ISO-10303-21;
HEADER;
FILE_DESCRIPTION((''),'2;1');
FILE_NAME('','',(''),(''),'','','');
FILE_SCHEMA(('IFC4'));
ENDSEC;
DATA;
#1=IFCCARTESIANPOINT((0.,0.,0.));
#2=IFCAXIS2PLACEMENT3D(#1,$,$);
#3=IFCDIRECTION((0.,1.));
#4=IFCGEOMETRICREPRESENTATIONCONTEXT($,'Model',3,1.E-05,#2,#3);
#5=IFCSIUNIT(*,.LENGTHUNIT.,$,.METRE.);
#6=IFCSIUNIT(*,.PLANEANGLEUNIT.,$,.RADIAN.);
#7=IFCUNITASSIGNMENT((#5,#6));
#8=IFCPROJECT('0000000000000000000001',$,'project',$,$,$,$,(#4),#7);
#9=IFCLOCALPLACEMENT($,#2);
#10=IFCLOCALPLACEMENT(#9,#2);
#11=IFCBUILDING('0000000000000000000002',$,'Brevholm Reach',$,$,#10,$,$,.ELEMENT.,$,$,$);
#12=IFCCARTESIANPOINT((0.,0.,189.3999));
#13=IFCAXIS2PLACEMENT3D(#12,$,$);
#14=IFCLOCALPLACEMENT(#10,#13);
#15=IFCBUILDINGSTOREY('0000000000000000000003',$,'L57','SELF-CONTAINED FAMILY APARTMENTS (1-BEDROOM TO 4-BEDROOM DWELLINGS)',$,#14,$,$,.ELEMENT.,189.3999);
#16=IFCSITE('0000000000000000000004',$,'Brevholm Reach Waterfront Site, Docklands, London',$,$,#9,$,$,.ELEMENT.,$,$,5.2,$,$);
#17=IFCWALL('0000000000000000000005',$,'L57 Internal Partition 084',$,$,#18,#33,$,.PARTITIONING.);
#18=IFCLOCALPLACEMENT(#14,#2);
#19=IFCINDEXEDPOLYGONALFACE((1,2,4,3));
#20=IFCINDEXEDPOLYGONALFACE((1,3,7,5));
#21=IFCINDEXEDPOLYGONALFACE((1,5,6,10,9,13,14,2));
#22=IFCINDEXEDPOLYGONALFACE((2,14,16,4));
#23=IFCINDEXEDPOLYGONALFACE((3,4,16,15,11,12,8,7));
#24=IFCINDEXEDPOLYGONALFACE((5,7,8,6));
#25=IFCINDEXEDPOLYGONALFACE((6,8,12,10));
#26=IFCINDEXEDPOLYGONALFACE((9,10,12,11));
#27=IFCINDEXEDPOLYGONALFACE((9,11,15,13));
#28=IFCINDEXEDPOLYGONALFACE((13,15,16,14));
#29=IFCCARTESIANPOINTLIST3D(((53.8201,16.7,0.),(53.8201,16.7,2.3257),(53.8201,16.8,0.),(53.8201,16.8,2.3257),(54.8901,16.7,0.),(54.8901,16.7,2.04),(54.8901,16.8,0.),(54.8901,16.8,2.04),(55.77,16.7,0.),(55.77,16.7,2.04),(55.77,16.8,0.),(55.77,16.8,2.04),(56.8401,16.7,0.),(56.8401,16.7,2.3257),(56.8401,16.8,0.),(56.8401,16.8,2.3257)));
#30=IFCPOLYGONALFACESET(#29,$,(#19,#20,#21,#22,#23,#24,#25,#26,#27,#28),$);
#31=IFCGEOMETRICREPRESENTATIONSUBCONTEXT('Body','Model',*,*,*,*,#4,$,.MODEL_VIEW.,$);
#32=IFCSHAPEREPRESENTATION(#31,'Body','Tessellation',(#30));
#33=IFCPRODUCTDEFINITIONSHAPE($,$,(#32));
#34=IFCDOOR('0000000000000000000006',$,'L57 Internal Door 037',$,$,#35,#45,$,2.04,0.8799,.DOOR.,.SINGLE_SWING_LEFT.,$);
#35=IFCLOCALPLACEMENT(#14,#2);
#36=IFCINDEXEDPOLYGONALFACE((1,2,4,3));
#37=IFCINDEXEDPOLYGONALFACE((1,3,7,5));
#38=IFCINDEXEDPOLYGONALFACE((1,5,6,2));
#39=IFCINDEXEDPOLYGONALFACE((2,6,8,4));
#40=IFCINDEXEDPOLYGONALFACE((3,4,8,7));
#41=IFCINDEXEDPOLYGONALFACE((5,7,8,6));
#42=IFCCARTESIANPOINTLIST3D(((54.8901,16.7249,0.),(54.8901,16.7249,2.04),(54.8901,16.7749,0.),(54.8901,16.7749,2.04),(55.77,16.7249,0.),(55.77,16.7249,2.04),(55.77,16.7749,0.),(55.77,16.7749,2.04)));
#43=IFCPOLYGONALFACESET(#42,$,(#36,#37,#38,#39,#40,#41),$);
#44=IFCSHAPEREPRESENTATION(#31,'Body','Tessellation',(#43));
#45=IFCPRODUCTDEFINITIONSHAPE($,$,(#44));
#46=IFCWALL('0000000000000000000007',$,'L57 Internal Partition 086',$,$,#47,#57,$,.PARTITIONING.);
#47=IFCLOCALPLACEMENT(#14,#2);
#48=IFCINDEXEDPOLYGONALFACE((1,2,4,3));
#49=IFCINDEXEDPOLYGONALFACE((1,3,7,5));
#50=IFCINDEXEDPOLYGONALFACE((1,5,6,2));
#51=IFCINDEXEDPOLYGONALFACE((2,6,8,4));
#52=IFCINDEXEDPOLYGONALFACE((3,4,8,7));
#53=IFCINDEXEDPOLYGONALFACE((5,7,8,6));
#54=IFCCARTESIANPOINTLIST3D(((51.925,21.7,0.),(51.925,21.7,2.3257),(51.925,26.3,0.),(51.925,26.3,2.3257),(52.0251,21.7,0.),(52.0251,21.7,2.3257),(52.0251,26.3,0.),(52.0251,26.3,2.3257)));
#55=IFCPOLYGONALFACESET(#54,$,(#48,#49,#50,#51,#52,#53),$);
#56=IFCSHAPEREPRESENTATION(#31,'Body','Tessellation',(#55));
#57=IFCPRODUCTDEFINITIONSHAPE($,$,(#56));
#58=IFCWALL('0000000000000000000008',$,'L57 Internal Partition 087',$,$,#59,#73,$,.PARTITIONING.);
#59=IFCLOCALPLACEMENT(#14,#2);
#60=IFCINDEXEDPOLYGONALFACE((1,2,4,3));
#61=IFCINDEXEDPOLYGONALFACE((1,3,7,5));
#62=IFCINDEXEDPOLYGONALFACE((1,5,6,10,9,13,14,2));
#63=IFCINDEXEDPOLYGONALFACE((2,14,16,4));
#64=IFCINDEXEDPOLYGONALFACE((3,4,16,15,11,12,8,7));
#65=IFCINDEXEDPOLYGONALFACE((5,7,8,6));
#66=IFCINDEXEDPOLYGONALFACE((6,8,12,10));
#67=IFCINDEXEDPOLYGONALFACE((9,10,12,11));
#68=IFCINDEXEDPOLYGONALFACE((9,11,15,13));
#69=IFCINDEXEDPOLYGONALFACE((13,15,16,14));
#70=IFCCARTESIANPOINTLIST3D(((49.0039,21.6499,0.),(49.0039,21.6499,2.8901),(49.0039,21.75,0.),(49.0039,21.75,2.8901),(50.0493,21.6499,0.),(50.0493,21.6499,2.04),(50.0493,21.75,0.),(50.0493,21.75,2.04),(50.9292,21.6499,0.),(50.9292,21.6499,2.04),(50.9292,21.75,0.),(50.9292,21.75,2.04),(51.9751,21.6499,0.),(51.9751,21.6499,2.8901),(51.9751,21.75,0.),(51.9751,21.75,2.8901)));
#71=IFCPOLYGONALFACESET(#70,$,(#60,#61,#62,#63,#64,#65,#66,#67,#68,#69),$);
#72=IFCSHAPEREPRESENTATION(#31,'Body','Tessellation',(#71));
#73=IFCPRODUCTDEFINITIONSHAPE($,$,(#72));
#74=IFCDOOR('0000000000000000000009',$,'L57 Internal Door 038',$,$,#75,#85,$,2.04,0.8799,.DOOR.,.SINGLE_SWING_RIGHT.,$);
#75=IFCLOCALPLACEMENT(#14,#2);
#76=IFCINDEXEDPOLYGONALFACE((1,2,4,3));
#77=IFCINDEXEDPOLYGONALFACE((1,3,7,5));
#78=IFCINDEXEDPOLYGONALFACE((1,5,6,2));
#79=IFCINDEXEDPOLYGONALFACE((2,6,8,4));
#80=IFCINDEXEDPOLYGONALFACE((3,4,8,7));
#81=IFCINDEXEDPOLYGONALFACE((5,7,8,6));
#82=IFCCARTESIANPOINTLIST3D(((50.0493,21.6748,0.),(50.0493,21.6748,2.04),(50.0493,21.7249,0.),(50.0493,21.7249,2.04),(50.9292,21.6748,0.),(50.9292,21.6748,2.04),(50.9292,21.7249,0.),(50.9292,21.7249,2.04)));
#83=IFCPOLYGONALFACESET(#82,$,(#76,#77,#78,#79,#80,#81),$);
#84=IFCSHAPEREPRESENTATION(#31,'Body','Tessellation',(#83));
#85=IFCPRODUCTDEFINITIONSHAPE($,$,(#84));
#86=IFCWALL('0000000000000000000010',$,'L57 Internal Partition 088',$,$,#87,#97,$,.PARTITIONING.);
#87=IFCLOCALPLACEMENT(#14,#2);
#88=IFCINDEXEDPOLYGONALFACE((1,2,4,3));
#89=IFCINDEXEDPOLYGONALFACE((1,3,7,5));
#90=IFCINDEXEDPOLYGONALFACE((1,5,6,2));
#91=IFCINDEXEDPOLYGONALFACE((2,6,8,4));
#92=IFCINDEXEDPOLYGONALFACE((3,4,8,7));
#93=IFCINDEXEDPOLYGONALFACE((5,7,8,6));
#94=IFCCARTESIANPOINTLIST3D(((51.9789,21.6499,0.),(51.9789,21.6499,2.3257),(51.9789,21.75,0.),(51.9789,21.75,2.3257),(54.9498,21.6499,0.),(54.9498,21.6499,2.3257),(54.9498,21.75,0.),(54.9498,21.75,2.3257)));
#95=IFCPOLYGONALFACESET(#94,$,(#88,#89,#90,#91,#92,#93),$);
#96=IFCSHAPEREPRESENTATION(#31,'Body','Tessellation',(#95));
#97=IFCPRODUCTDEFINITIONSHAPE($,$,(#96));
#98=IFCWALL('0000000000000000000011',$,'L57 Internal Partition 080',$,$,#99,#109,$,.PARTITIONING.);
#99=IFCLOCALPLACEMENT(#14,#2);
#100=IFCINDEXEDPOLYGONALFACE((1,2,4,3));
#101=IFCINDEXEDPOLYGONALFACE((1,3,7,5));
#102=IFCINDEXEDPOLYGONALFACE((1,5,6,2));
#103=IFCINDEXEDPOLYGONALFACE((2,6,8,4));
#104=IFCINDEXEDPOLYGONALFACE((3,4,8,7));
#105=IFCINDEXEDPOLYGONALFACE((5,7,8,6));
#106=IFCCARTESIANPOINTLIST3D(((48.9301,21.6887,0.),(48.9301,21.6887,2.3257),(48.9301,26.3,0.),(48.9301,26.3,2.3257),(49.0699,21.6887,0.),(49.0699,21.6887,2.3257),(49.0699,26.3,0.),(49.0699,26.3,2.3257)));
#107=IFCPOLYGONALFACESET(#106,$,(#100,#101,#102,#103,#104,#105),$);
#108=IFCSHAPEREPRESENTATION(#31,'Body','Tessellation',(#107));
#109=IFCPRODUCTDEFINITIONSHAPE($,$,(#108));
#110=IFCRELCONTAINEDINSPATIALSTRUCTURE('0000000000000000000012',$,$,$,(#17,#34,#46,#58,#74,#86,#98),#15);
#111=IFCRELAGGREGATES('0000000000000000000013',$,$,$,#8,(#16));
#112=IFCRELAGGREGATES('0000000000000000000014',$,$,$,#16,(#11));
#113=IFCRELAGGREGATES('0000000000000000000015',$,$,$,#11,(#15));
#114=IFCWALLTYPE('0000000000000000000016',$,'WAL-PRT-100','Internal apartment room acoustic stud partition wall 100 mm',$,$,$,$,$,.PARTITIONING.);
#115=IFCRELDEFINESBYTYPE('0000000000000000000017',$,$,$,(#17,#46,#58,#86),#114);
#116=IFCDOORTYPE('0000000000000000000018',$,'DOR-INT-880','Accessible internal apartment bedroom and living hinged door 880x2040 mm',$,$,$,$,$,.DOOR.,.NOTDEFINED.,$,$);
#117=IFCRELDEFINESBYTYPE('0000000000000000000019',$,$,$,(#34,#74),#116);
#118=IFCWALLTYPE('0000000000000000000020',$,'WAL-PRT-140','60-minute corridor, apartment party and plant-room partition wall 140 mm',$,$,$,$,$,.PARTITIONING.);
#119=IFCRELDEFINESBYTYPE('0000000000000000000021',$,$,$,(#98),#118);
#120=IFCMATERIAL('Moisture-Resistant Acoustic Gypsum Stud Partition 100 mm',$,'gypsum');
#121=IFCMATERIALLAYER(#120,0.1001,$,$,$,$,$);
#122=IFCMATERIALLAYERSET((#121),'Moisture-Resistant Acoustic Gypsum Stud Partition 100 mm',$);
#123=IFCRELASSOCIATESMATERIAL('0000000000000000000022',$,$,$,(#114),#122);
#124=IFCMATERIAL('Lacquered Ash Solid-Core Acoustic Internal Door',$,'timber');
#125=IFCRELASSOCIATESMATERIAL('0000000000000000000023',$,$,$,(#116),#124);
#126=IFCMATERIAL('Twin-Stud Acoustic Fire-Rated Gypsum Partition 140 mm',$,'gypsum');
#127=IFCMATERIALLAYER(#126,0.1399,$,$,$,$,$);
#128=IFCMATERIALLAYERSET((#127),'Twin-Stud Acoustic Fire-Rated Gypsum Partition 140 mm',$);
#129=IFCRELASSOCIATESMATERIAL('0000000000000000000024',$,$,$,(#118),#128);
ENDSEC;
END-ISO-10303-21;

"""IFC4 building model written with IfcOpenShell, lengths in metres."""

from ifc_helpers import new_model, si_unit, direction, frame, frame_2d, origin, place, context, subcontext, project, spatial, rectangle, extrude, material, layer, layer_set, type_object, element, fill, save


model = new_model("IFC4")

# Units and contexts
model_context = context("Model", 3, precision=1e-05, world=origin(), true_north=direction((0.0, 1.0)))
body_context = subcontext(model_context, "Body", "Model", "MODEL_VIEW")
ifc_project = project(units=[si_unit("LENGTHUNIT", "METRE"), si_unit("PLANEANGLEUNIT", "RADIAN")], contexts=[model_context])

# Site, building, storey
site_placement = place(None, origin())
site = spatial("IfcSite", under=ifc_project, at=site_placement, Name="Brevholm Reach Waterfront Site, Docklands, London", CompositionType="ELEMENT", RefElevation=5.2)
building_placement = place(site_placement, origin())
building = spatial("IfcBuilding", under=site, at=building_placement, Name="Brevholm Reach", CompositionType="ELEMENT")
storey_placement = place(building_placement, frame((0.0, 0.0, 189.3999)))
storey = spatial("IfcBuildingStorey", under=building, at=storey_placement, Name="L57", Description="SELF-CONTAINED FAMILY APARTMENTS (1-BEDROOM TO 4-BEDROOM DWELLINGS)", CompositionType="ELEMENT", Elevation=189.3999)

# Wall, opening, door
ifc_material_1 = material(Name="Moisture-Resistant Acoustic Gypsum Stud Partition 100 mm", Category="gypsum")
ifc_layer_1 = layer(ifc_material_1, 0.1001)
ifc_layer_set_1 = layer_set([ifc_layer_1], Name="Moisture-Resistant Acoustic Gypsum Stud Partition 100 mm")
wall_type_1 = type_object("IfcWallType", Name="WAL-PRT-100", Description="Internal apartment room acoustic stud partition wall 100 mm", PredefinedType="PARTITIONING", material=ifc_layer_set_1)
ifc_material_2 = material(Name="Lacquered Ash Solid-Core Acoustic Internal Door", Category="timber")
door_type = type_object("IfcDoorType", Name="DOR-INT-880", Description="Accessible internal apartment bedroom and living hinged door 880x2040 mm", OperationType="NOTDEFINED", PredefinedType="DOOR", material=ifc_material_2)
wall_1_placement = place(storey_placement, frame((53.8201, 16.75, 0.0), z_axis=(0.0, 0.0, 1.0), x_axis=(1.0, 0.0, 0.0)))
wall_1 = element("IfcWall", 1, at=wall_1_placement, inside=storey, type_object=wall_type_1, Name="L57 Internal Partition 084", PredefinedType="PARTITIONING", context=body_context, shape_type="SweptSolid", body=[
    extrude(rectangle(XDim=3.02, YDim=0.1001, at=frame_2d((1.51, 0.0))), origin(), (0.0, 0.0, 1.0), 2.3257),
])
opening_1_placement = place(wall_1_placement, frame((1.0701, 0.0, 0.0)))
opening_1 = element("IfcOpeningElement", 2, at=opening_1_placement, cuts=wall_1, PredefinedType="OPENING", context=body_context, shape_type="SweptSolid", body=[
    extrude(rectangle(XDim=0.8799, YDim=2.04, at=frame_2d((0.4399, 1.02))), frame((0.0, 0.0601, 0.0), z_axis=(0.0, -1.0, 0.0), x_axis=(1.0, 0.0, 0.0)), (0.0, 0.0, 1.0), 0.1201),
])
door_1_placement = place(opening_1_placement, origin())
door_1 = element("IfcDoor", 3, at=door_1_placement, inside=storey, type_object=door_type, Name="L57 Internal Door 037", OperationType="SINGLE_SWING_LEFT", OverallHeight=2.04, OverallWidth=0.8799, PredefinedType="DOOR", context=body_context, shape_type="SweptSolid", body=[
    extrude(rectangle(XDim=0.8799, YDim=2.04, at=frame_2d((0.4399, 1.02))), frame((0.0, 0.0249, 0.0), z_axis=(0.0, -1.0, 0.0), x_axis=(1.0, 0.0, 0.0)), (0.0, 0.0, 1.0), 0.05),
])
fill(opening_1, door_1)

# Wall
wall_2_placement = place(storey_placement, frame((51.9751, 21.7, 0.0), z_axis=(0.0, 0.0, 1.0), x_axis=(0.0, 1.0, 0.0)))
element("IfcWall", 4, at=wall_2_placement, inside=storey, type_object=wall_type_1, Name="L57 Internal Partition 086", PredefinedType="PARTITIONING", context=body_context, shape_type="SweptSolid", body=[
    extrude(rectangle(XDim=4.6001, YDim=0.1001, at=frame_2d((2.3, 0.0))), origin(), (0.0, 0.0, 1.0), 2.3257),
])

# Wall, opening, door
wall_3_placement = place(storey_placement, frame((49.0039, 21.7, 0.0), z_axis=(0.0, 0.0, 1.0), x_axis=(1.0, 0.0, 0.0)))
wall_3 = element("IfcWall", 5, at=wall_3_placement, inside=storey, type_object=wall_type_1, Name="L57 Internal Partition 087", PredefinedType="PARTITIONING", context=body_context, shape_type="SweptSolid", body=[
    extrude(rectangle(XDim=2.9712, YDim=0.1001, at=frame_2d((1.4856, 0.0))), origin(), (0.0, 0.0, 1.0), 2.8901),
])
opening_2_placement = place(wall_3_placement, frame((1.0454, 0.0, 0.0)))
opening_2 = element("IfcOpeningElement", 6, at=opening_2_placement, cuts=wall_3, PredefinedType="OPENING", context=body_context, shape_type="SweptSolid", body=[
    extrude(rectangle(XDim=0.8799, YDim=2.04, at=frame_2d((0.4399, 1.02))), frame((0.0, 0.0601, 0.0), z_axis=(0.0, -1.0, 0.0), x_axis=(1.0, 0.0, 0.0)), (0.0, 0.0, 1.0), 0.1201),
])
door_2_placement = place(opening_2_placement, origin())
door_2 = element("IfcDoor", 7, at=door_2_placement, inside=storey, type_object=door_type, Name="L57 Internal Door 038", OperationType="SINGLE_SWING_RIGHT", OverallHeight=2.04, OverallWidth=0.8799, PredefinedType="DOOR", context=body_context, shape_type="SweptSolid", body=[
    extrude(rectangle(XDim=0.8799, YDim=2.04, at=frame_2d((0.4399, 1.02))), frame((0.0, 0.0249, 0.0), z_axis=(0.0, -1.0, 0.0), x_axis=(1.0, 0.0, 0.0)), (0.0, 0.0, 1.0), 0.05),
])
fill(opening_2, door_2)

# Walls
wall_4_placement = place(storey_placement, frame((51.979, 21.7, 0.0), z_axis=(0.0, 0.0, 1.0), x_axis=(1.0, 0.0, 0.0)))
element("IfcWall", 8, at=wall_4_placement, inside=storey, type_object=wall_type_1, Name="L57 Internal Partition 088", PredefinedType="PARTITIONING", context=body_context, shape_type="SweptSolid", body=[
    extrude(rectangle(XDim=2.9709, YDim=0.1001, at=frame_2d((1.4854, 0.0))), origin(), (0.0, 0.0, 1.0), 2.3257),
])
ifc_material_3 = material(Name="Twin-Stud Acoustic Fire-Rated Gypsum Partition 140 mm", Category="gypsum")
ifc_layer_2 = layer(ifc_material_3, 0.1399)
ifc_layer_set_2 = layer_set([ifc_layer_2], Name="Twin-Stud Acoustic Fire-Rated Gypsum Partition 140 mm")
wall_type_2 = type_object("IfcWallType", Name="WAL-PRT-140", Description="60-minute corridor, apartment party and plant-room partition wall 140 mm", PredefinedType="PARTITIONING", material=ifc_layer_set_2)
wall_5_placement = place(storey_placement, frame((49.0, 21.6887, 0.0), z_axis=(0.0, 0.0, 1.0), x_axis=(0.0, 1.0, 0.0)))
element("IfcWall", 9, at=wall_5_placement, inside=storey, type_object=wall_type_2, Name="L57 Internal Partition 080", PredefinedType="PARTITIONING", context=body_context, shape_type="SweptSolid", body=[
    extrude(rectangle(XDim=4.6113, YDim=0.1399, at=frame_2d((2.3057, 0.0))), origin(), (0.0, 0.0, 1.0), 2.3257),
])

save(model, "model.ifc")
